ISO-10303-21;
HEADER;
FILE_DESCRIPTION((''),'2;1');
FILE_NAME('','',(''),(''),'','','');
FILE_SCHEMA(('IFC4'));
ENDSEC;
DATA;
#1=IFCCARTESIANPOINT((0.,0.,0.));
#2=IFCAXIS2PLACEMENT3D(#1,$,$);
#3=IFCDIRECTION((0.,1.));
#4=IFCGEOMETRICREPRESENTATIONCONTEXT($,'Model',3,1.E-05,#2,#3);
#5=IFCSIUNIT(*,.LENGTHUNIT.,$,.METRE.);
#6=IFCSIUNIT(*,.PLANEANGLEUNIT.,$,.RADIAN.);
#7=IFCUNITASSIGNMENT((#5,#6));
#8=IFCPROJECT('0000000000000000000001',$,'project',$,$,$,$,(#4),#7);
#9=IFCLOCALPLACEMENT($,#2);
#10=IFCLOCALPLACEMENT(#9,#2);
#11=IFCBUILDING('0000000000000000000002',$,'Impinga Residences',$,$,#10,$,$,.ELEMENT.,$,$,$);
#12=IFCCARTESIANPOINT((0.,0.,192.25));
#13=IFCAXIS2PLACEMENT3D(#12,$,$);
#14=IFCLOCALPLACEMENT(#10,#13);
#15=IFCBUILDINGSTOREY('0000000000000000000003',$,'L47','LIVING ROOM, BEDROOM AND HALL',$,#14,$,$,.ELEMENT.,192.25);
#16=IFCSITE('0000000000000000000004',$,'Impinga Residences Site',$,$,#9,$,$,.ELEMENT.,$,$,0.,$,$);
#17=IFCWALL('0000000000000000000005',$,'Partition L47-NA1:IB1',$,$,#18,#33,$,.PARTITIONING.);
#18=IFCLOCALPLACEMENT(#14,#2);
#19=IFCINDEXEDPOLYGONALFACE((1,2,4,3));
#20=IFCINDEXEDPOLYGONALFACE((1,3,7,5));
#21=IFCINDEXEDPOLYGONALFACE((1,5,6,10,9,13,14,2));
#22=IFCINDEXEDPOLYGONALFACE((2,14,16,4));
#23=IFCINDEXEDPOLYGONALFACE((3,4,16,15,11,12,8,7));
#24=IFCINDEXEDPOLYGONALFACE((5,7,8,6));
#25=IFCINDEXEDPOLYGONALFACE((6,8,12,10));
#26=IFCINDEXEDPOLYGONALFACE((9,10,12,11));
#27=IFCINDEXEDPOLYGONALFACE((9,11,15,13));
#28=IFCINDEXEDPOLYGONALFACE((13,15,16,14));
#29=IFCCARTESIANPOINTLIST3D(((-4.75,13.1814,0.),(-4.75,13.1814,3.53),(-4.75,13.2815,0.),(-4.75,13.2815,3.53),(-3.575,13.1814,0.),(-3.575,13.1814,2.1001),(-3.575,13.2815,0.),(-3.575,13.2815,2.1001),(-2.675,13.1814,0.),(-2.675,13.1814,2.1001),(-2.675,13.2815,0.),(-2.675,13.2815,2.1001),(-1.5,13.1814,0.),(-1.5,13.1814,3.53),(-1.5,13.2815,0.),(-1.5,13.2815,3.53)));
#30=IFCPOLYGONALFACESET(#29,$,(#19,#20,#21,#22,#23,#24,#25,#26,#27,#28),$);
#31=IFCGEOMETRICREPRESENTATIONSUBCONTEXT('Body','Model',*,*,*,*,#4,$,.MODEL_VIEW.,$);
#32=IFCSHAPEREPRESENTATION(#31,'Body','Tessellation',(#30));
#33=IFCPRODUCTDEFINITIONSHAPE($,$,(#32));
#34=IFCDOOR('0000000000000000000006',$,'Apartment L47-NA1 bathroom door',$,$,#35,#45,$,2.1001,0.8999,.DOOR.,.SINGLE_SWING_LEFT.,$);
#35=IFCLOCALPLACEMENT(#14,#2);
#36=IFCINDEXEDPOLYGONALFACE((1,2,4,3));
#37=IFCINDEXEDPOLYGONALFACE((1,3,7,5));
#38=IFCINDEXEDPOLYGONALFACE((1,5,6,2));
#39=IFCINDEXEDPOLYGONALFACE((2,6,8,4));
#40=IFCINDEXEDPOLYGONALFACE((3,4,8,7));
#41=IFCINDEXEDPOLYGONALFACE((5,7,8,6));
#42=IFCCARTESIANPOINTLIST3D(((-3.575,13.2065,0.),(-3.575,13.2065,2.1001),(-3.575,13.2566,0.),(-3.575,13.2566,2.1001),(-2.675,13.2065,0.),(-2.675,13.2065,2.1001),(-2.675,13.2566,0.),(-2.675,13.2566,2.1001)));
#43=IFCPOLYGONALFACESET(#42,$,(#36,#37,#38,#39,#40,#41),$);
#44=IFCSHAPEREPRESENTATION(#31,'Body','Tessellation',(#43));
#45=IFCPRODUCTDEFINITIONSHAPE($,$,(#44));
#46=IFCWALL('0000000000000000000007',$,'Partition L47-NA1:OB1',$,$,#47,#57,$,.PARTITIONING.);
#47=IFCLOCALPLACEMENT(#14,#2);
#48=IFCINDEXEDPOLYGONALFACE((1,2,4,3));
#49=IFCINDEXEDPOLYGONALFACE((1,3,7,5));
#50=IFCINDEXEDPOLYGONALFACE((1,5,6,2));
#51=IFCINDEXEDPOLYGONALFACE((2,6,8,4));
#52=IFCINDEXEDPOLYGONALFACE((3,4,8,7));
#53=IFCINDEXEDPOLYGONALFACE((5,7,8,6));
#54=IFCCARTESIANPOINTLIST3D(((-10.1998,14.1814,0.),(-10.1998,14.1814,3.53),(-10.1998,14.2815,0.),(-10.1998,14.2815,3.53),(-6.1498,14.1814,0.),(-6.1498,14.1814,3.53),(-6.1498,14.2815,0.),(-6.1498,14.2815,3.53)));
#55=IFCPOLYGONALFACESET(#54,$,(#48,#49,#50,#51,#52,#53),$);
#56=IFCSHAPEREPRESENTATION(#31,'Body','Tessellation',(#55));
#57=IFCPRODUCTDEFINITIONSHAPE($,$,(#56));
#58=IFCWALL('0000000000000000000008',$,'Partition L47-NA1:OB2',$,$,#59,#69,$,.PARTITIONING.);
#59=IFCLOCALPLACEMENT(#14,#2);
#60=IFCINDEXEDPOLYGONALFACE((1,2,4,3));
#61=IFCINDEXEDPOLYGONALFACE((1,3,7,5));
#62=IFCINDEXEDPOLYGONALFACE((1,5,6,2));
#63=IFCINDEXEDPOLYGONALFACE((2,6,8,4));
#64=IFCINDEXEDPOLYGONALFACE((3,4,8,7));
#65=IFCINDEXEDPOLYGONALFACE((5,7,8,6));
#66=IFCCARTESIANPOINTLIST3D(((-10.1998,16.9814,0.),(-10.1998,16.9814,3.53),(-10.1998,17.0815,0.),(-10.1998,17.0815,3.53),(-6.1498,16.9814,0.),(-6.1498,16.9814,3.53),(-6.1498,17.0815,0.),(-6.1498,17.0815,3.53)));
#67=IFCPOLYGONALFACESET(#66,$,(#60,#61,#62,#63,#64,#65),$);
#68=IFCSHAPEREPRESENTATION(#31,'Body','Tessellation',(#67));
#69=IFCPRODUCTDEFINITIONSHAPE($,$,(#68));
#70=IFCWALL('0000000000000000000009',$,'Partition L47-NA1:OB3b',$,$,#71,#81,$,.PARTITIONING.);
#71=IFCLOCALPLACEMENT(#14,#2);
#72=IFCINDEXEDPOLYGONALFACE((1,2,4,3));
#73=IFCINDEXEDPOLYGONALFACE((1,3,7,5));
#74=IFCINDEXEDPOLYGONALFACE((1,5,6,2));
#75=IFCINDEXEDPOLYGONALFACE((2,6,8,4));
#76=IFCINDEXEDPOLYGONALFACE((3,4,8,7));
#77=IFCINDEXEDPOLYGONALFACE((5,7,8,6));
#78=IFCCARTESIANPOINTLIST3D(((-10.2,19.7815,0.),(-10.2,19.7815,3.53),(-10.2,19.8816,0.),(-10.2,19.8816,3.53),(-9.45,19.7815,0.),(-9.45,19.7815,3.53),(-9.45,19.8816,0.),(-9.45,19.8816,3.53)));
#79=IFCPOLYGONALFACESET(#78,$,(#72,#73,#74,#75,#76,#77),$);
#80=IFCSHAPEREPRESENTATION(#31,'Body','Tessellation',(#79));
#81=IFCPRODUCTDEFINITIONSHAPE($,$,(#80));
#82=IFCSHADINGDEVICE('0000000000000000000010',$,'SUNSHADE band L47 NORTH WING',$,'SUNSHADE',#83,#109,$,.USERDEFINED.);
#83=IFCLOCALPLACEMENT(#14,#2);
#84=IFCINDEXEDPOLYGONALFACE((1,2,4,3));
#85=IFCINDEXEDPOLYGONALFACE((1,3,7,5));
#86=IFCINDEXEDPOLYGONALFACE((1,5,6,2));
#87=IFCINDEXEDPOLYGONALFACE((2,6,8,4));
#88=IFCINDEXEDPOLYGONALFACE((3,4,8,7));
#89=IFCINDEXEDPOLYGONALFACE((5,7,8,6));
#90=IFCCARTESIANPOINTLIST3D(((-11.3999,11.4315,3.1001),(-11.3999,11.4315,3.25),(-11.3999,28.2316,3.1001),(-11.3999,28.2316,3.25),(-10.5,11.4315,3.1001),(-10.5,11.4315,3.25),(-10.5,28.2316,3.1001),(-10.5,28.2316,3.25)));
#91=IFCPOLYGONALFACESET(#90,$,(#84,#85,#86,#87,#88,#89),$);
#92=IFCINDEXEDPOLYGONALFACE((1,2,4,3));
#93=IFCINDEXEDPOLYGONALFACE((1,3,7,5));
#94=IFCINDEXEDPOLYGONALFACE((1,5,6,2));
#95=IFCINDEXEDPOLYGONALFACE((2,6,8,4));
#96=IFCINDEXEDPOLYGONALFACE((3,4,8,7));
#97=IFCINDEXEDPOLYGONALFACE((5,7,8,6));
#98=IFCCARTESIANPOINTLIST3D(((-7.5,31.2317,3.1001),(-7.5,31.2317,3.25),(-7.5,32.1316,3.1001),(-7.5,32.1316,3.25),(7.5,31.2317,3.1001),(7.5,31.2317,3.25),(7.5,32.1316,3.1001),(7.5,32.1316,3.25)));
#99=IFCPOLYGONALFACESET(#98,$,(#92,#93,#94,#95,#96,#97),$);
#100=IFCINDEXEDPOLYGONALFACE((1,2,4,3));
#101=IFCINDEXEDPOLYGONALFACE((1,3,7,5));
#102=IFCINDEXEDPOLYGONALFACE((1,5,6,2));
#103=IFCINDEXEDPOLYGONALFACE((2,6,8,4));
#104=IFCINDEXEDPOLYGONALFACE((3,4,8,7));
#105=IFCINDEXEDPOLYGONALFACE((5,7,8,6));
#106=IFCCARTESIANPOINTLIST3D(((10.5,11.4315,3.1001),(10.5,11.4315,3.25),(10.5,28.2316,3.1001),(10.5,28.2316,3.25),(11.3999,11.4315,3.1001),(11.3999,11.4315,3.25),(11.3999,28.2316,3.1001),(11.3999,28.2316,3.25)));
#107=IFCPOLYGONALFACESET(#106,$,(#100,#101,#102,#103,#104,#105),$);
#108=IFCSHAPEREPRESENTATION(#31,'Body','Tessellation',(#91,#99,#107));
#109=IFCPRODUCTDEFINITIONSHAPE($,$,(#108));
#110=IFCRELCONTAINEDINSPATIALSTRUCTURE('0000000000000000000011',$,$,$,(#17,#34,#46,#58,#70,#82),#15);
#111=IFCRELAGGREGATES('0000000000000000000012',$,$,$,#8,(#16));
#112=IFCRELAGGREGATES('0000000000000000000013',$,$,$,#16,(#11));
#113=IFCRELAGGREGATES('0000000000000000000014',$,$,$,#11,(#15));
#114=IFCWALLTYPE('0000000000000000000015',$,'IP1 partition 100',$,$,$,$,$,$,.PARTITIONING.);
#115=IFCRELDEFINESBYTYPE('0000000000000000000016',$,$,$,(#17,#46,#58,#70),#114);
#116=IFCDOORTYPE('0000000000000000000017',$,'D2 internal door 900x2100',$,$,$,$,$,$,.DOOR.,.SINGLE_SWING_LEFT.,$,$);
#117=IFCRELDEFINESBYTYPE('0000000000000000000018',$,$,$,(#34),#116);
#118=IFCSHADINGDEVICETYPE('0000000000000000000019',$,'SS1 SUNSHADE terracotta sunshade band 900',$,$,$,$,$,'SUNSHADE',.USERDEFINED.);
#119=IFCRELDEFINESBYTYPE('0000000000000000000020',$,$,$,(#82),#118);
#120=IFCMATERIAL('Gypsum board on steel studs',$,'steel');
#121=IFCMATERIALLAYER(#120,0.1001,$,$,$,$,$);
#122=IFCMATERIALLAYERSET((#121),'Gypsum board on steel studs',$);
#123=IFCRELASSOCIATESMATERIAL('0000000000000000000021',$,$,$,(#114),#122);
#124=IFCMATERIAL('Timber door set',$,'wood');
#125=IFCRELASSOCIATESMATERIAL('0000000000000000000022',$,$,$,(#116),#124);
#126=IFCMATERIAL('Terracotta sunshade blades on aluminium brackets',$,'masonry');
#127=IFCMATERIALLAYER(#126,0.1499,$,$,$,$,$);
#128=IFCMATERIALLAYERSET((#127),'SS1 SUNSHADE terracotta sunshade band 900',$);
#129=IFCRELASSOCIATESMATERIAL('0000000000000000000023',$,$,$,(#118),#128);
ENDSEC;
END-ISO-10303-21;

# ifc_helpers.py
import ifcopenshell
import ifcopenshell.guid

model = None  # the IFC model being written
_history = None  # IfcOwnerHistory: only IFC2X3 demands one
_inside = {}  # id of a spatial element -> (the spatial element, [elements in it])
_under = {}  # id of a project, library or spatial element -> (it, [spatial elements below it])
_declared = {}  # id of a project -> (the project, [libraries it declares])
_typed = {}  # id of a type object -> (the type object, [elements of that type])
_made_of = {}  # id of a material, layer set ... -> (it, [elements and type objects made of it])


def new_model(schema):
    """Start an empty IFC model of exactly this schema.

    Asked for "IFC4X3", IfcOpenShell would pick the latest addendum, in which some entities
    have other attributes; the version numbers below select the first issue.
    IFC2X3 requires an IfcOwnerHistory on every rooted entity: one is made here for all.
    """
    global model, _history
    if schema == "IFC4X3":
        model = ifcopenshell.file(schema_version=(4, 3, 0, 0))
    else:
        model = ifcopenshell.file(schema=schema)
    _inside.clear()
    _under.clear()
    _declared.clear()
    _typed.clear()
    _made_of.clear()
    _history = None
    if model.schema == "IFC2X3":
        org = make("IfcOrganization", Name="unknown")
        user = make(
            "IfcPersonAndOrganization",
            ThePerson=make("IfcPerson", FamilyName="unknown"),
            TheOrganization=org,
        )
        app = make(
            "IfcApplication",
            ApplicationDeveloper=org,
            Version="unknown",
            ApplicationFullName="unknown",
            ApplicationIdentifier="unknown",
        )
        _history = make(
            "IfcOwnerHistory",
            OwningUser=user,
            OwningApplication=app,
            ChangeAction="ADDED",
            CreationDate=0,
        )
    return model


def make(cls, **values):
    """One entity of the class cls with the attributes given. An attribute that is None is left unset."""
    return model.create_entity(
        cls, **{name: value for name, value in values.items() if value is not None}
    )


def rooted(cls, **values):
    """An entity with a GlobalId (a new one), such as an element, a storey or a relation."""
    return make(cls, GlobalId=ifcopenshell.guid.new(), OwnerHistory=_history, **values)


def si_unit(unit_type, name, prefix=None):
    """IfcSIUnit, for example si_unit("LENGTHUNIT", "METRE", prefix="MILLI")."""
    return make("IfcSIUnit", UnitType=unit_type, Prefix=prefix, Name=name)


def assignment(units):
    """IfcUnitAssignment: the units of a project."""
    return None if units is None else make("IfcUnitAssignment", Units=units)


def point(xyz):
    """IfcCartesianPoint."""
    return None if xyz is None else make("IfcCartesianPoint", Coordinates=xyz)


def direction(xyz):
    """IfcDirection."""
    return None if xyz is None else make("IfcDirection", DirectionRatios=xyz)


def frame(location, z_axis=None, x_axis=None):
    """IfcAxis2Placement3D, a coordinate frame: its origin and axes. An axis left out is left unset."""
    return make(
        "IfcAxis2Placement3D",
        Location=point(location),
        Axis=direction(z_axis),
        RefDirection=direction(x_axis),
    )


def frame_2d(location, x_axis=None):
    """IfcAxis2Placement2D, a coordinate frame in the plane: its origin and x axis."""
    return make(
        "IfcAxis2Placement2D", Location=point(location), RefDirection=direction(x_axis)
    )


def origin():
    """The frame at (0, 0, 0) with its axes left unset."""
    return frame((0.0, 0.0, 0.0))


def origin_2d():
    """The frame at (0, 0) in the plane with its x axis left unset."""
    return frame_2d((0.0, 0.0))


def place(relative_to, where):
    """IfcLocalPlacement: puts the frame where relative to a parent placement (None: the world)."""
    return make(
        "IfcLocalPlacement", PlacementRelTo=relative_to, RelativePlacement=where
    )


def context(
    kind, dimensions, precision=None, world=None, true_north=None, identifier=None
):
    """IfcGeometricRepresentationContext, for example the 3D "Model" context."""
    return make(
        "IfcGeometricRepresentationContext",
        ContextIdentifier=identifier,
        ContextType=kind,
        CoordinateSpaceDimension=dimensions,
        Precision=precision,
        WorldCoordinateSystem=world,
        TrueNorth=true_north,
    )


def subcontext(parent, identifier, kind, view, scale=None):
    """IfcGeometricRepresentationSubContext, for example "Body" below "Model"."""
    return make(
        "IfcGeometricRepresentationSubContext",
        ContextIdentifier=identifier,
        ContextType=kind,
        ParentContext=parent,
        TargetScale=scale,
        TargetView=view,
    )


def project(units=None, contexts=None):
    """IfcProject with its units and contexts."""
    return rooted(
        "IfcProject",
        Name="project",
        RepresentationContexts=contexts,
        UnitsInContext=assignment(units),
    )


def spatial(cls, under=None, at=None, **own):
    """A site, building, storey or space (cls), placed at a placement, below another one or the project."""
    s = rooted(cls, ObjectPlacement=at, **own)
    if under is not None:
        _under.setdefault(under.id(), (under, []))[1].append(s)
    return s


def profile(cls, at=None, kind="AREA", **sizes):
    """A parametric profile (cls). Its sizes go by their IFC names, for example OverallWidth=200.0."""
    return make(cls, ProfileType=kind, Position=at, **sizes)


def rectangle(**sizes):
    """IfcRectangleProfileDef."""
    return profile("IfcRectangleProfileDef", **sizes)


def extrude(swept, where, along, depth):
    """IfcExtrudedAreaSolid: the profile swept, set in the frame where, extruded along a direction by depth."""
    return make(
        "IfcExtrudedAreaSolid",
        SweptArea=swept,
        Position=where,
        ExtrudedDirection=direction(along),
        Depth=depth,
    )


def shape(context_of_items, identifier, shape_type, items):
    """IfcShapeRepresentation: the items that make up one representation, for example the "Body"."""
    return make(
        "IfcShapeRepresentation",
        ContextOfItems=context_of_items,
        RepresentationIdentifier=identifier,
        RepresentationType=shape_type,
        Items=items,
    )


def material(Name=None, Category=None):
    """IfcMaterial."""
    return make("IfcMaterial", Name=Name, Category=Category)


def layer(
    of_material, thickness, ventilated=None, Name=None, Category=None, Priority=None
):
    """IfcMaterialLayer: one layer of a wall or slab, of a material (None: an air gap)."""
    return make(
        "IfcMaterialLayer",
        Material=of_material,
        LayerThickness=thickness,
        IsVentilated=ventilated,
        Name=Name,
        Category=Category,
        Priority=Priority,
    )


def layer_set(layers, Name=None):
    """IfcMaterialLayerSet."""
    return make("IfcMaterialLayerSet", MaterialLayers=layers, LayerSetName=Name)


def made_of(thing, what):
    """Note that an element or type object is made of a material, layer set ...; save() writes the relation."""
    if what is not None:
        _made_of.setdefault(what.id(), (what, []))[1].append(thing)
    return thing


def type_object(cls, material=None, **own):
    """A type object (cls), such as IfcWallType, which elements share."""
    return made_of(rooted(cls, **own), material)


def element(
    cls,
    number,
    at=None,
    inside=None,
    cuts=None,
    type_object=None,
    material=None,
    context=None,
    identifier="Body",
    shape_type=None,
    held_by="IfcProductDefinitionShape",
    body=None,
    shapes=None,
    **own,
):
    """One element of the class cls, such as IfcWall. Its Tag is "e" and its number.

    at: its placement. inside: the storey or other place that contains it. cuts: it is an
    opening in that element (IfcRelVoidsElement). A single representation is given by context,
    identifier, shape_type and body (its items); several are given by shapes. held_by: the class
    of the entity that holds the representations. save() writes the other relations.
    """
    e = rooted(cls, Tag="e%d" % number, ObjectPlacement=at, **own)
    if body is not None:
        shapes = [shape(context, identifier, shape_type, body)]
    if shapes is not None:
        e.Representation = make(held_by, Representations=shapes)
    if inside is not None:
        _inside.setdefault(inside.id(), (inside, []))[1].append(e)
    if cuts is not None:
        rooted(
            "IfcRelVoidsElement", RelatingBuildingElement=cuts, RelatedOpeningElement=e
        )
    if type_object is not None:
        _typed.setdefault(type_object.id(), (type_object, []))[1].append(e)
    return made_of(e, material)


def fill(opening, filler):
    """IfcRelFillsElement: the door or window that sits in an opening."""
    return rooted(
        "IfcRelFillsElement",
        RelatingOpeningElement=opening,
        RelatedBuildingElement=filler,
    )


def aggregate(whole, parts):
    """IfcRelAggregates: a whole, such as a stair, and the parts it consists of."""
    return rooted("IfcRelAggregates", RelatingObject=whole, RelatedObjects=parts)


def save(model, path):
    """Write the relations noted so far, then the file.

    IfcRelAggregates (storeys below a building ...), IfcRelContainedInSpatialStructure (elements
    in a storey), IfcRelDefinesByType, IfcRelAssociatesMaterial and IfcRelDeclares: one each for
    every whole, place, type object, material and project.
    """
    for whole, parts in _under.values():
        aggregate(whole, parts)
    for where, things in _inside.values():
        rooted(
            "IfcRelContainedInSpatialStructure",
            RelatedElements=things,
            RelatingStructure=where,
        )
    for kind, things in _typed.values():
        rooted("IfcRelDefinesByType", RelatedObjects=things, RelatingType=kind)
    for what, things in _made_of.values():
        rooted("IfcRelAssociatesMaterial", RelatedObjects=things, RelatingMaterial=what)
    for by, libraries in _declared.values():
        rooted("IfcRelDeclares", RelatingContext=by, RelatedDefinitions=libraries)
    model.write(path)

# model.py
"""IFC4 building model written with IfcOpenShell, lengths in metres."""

from ifc_helpers import new_model, si_unit, direction, frame, frame_2d, origin, origin_2d, place, context, subcontext, project, spatial, rectangle, extrude, material, layer, layer_set, type_object, element, fill, save


model = new_model("IFC4")

# Units and contexts
model_context = context("Model", 3, precision=1e-05, world=origin(), true_north=direction((0.0, 1.0)))
body_context = subcontext(model_context, "Body", "Model", "MODEL_VIEW")
ifc_project = project(units=[si_unit("LENGTHUNIT", "METRE"), si_unit("PLANEANGLEUNIT", "RADIAN")], contexts=[model_context])

# Site, building, storey
site_placement = place(None, origin())
site = spatial("IfcSite", under=ifc_project, at=site_placement, Name="Impinga Residences Site", CompositionType="ELEMENT", RefElevation=0.0)
building_placement = place(site_placement, origin())
building = spatial("IfcBuilding", under=site, at=building_placement, Name="Impinga Residences", CompositionType="ELEMENT")
storey_placement = place(building_placement, frame((0.0, 0.0, 192.25)))
storey = spatial("IfcBuildingStorey", under=building, at=storey_placement, Name="L47", Description="LIVING ROOM, BEDROOM AND HALL", CompositionType="ELEMENT", Elevation=192.25)

# Shared definitions
ifc_material_1 = material(Name="Gypsum board on steel studs", Category="steel")
ifc_layer_1 = layer(ifc_material_1, 0.1001)
ifc_layer_set_1 = layer_set([ifc_layer_1], Name="Gypsum board on steel studs")
wall_type_1 = type_object("IfcWallType", Name="IP1 partition 100", PredefinedType="PARTITIONING", material=ifc_layer_set_1)

# Shared definitions
ifc_material_2 = material(Name="Timber door set", Category="wood")
door_type = type_object("IfcDoorType", Name="D2 internal door 900x2100", OperationType="SINGLE_SWING_LEFT", PredefinedType="DOOR", material=ifc_material_2)

# Wall, opening, door
wall_1_placement = place(storey_placement, frame((-1.5, 13.2314, 0.0), z_axis=(0.0, 0.0, 1.0), x_axis=(-1.0, 0.0, 0.0)))
wall_1 = element("IfcWall", 1, at=wall_1_placement, inside=storey, type_object=wall_type_1, Name="Partition L47-NA1:IB1", PredefinedType="PARTITIONING", context=body_context, shape_type="SweptSolid", body=[
    extrude(rectangle(XDim=3.25, YDim=0.1001, at=frame_2d((1.625, 0.0))), origin(), (0.0, 0.0, 1.0), 3.53),
])
opening_1_placement = place(wall_1_placement, frame((1.175, 0.0, 0.0)))
opening_1 = element("IfcOpeningElement", 2, at=opening_1_placement, cuts=wall_1, PredefinedType="OPENING", context=body_context, shape_type="SweptSolid", body=[
    extrude(rectangle(XDim=0.8999, YDim=2.1001, at=frame_2d((0.45, 1.05))), frame((0.0, 0.0601, 0.0), z_axis=(0.0, -1.0, 0.0), x_axis=(1.0, 0.0, 0.0)), (0.0, 0.0, 1.0), 0.1201),
])
door_1_placement = place(opening_1_placement, origin())
door_1 = element("IfcDoor", 3, at=door_1_placement, inside=storey, type_object=door_type, Name="Apartment L47-NA1 bathroom door", OperationType="SINGLE_SWING_LEFT", OverallHeight=2.1001, OverallWidth=0.8999, PredefinedType="DOOR", context=body_context, shape_type="SweptSolid", body=[
    extrude(rectangle(XDim=0.8999, YDim=2.1001, at=frame_2d((0.45, 1.05))), frame((0.0, 0.0249, 0.0), z_axis=(0.0, -1.0, 0.0), x_axis=(1.0, 0.0, 0.0)), (0.0, 0.0, 1.0), 0.05),
])
fill(opening_1, door_1)

# Walls
for number, where, z_axis, x_axis, name in (
    (4, (-6.1499, 14.2314, 0.0), (0.0, 0.0, 1.0), (-1.0, 0.0, 0.0), "Partition L47-NA1:OB1"),
    (5, (-6.1499, 17.0315, 0.0), (0.0, 0.0, 1.0), (-1.0, 0.0, 0.0), "Partition L47-NA1:OB2"),
):
    element("IfcWall", number, at=place(storey_placement, frame(where, z_axis=z_axis, x_axis=x_axis)), inside=storey, type_object=wall_type_1, Name=name, PredefinedType="PARTITIONING", context=body_context, shape_type="SweptSolid", body=[
        extrude(rectangle(XDim=4.05, YDim=0.1001, at=frame_2d((2.0249, 0.0))), origin(), (0.0, 0.0, 1.0), 3.53),
    ])
wall_2_placement = place(storey_placement, frame((-9.45, 19.8315, 0.0), z_axis=(0.0, 0.0, 1.0), x_axis=(-1.0, 0.0, 0.0)))
element("IfcWall", 6, at=wall_2_placement, inside=storey, type_object=wall_type_1, Name="Partition L47-NA1:OB3b", PredefinedType="PARTITIONING", context=body_context, shape_type="SweptSolid", body=[
    extrude(rectangle(XDim=0.75, YDim=0.1001, at=frame_2d((0.375, 0.0))), origin(), (0.0, 0.0, 1.0), 3.53),
])

# Shading device
ifc_material_3 = material(Name="Terracotta sunshade blades on aluminium brackets", Category="masonry")
ifc_layer_2 = layer(ifc_material_3, 0.1499)
ifc_layer_set_2 = layer_set([ifc_layer_2], Name="SS1 SUNSHADE terracotta sunshade band 900")
shading_device_type = type_object("IfcShadingDeviceType", Name="SS1 SUNSHADE terracotta sunshade band 900", ElementType="SUNSHADE", PredefinedType="USERDEFINED", material=ifc_layer_set_2)
shading_device_placement = place(storey_placement, frame((-10.95, 19.8315, 3.1001), z_axis=(0.0, 0.0, 1.0), x_axis=(0.0, 1.0, 0.0)))
element("IfcShadingDevice", 7, at=shading_device_placement, inside=storey, type_object=shading_device_type, Name="SUNSHADE band L47 NORTH WING", ObjectType="SUNSHADE", PredefinedType="USERDEFINED", context=body_context, shape_type="SweptSolid", body=[
    extrude(rectangle(XDim=16.8, YDim=0.8999, at=origin_2d()), origin(), (0.0, 0.0, 1.0), 0.1499),
    extrude(rectangle(XDim=15.0, YDim=0.8999, at=origin_2d()), frame((11.8501, -10.95, 0.0), z_axis=(0.0, 0.0, 1.0), x_axis=(0.0, -1.0, 0.0)), (0.0, 0.0, 1.0), 0.1499),
    extrude(rectangle(XDim=16.8, YDim=0.8999, at=origin_2d()), frame((0.0, -21.8999, 0.0), z_axis=(0.0, 0.0, 1.0), x_axis=(-1.0, 0.0, 0.0)), (0.0, 0.0, 1.0), 0.1499),
])

save(model, "model.ifc")
